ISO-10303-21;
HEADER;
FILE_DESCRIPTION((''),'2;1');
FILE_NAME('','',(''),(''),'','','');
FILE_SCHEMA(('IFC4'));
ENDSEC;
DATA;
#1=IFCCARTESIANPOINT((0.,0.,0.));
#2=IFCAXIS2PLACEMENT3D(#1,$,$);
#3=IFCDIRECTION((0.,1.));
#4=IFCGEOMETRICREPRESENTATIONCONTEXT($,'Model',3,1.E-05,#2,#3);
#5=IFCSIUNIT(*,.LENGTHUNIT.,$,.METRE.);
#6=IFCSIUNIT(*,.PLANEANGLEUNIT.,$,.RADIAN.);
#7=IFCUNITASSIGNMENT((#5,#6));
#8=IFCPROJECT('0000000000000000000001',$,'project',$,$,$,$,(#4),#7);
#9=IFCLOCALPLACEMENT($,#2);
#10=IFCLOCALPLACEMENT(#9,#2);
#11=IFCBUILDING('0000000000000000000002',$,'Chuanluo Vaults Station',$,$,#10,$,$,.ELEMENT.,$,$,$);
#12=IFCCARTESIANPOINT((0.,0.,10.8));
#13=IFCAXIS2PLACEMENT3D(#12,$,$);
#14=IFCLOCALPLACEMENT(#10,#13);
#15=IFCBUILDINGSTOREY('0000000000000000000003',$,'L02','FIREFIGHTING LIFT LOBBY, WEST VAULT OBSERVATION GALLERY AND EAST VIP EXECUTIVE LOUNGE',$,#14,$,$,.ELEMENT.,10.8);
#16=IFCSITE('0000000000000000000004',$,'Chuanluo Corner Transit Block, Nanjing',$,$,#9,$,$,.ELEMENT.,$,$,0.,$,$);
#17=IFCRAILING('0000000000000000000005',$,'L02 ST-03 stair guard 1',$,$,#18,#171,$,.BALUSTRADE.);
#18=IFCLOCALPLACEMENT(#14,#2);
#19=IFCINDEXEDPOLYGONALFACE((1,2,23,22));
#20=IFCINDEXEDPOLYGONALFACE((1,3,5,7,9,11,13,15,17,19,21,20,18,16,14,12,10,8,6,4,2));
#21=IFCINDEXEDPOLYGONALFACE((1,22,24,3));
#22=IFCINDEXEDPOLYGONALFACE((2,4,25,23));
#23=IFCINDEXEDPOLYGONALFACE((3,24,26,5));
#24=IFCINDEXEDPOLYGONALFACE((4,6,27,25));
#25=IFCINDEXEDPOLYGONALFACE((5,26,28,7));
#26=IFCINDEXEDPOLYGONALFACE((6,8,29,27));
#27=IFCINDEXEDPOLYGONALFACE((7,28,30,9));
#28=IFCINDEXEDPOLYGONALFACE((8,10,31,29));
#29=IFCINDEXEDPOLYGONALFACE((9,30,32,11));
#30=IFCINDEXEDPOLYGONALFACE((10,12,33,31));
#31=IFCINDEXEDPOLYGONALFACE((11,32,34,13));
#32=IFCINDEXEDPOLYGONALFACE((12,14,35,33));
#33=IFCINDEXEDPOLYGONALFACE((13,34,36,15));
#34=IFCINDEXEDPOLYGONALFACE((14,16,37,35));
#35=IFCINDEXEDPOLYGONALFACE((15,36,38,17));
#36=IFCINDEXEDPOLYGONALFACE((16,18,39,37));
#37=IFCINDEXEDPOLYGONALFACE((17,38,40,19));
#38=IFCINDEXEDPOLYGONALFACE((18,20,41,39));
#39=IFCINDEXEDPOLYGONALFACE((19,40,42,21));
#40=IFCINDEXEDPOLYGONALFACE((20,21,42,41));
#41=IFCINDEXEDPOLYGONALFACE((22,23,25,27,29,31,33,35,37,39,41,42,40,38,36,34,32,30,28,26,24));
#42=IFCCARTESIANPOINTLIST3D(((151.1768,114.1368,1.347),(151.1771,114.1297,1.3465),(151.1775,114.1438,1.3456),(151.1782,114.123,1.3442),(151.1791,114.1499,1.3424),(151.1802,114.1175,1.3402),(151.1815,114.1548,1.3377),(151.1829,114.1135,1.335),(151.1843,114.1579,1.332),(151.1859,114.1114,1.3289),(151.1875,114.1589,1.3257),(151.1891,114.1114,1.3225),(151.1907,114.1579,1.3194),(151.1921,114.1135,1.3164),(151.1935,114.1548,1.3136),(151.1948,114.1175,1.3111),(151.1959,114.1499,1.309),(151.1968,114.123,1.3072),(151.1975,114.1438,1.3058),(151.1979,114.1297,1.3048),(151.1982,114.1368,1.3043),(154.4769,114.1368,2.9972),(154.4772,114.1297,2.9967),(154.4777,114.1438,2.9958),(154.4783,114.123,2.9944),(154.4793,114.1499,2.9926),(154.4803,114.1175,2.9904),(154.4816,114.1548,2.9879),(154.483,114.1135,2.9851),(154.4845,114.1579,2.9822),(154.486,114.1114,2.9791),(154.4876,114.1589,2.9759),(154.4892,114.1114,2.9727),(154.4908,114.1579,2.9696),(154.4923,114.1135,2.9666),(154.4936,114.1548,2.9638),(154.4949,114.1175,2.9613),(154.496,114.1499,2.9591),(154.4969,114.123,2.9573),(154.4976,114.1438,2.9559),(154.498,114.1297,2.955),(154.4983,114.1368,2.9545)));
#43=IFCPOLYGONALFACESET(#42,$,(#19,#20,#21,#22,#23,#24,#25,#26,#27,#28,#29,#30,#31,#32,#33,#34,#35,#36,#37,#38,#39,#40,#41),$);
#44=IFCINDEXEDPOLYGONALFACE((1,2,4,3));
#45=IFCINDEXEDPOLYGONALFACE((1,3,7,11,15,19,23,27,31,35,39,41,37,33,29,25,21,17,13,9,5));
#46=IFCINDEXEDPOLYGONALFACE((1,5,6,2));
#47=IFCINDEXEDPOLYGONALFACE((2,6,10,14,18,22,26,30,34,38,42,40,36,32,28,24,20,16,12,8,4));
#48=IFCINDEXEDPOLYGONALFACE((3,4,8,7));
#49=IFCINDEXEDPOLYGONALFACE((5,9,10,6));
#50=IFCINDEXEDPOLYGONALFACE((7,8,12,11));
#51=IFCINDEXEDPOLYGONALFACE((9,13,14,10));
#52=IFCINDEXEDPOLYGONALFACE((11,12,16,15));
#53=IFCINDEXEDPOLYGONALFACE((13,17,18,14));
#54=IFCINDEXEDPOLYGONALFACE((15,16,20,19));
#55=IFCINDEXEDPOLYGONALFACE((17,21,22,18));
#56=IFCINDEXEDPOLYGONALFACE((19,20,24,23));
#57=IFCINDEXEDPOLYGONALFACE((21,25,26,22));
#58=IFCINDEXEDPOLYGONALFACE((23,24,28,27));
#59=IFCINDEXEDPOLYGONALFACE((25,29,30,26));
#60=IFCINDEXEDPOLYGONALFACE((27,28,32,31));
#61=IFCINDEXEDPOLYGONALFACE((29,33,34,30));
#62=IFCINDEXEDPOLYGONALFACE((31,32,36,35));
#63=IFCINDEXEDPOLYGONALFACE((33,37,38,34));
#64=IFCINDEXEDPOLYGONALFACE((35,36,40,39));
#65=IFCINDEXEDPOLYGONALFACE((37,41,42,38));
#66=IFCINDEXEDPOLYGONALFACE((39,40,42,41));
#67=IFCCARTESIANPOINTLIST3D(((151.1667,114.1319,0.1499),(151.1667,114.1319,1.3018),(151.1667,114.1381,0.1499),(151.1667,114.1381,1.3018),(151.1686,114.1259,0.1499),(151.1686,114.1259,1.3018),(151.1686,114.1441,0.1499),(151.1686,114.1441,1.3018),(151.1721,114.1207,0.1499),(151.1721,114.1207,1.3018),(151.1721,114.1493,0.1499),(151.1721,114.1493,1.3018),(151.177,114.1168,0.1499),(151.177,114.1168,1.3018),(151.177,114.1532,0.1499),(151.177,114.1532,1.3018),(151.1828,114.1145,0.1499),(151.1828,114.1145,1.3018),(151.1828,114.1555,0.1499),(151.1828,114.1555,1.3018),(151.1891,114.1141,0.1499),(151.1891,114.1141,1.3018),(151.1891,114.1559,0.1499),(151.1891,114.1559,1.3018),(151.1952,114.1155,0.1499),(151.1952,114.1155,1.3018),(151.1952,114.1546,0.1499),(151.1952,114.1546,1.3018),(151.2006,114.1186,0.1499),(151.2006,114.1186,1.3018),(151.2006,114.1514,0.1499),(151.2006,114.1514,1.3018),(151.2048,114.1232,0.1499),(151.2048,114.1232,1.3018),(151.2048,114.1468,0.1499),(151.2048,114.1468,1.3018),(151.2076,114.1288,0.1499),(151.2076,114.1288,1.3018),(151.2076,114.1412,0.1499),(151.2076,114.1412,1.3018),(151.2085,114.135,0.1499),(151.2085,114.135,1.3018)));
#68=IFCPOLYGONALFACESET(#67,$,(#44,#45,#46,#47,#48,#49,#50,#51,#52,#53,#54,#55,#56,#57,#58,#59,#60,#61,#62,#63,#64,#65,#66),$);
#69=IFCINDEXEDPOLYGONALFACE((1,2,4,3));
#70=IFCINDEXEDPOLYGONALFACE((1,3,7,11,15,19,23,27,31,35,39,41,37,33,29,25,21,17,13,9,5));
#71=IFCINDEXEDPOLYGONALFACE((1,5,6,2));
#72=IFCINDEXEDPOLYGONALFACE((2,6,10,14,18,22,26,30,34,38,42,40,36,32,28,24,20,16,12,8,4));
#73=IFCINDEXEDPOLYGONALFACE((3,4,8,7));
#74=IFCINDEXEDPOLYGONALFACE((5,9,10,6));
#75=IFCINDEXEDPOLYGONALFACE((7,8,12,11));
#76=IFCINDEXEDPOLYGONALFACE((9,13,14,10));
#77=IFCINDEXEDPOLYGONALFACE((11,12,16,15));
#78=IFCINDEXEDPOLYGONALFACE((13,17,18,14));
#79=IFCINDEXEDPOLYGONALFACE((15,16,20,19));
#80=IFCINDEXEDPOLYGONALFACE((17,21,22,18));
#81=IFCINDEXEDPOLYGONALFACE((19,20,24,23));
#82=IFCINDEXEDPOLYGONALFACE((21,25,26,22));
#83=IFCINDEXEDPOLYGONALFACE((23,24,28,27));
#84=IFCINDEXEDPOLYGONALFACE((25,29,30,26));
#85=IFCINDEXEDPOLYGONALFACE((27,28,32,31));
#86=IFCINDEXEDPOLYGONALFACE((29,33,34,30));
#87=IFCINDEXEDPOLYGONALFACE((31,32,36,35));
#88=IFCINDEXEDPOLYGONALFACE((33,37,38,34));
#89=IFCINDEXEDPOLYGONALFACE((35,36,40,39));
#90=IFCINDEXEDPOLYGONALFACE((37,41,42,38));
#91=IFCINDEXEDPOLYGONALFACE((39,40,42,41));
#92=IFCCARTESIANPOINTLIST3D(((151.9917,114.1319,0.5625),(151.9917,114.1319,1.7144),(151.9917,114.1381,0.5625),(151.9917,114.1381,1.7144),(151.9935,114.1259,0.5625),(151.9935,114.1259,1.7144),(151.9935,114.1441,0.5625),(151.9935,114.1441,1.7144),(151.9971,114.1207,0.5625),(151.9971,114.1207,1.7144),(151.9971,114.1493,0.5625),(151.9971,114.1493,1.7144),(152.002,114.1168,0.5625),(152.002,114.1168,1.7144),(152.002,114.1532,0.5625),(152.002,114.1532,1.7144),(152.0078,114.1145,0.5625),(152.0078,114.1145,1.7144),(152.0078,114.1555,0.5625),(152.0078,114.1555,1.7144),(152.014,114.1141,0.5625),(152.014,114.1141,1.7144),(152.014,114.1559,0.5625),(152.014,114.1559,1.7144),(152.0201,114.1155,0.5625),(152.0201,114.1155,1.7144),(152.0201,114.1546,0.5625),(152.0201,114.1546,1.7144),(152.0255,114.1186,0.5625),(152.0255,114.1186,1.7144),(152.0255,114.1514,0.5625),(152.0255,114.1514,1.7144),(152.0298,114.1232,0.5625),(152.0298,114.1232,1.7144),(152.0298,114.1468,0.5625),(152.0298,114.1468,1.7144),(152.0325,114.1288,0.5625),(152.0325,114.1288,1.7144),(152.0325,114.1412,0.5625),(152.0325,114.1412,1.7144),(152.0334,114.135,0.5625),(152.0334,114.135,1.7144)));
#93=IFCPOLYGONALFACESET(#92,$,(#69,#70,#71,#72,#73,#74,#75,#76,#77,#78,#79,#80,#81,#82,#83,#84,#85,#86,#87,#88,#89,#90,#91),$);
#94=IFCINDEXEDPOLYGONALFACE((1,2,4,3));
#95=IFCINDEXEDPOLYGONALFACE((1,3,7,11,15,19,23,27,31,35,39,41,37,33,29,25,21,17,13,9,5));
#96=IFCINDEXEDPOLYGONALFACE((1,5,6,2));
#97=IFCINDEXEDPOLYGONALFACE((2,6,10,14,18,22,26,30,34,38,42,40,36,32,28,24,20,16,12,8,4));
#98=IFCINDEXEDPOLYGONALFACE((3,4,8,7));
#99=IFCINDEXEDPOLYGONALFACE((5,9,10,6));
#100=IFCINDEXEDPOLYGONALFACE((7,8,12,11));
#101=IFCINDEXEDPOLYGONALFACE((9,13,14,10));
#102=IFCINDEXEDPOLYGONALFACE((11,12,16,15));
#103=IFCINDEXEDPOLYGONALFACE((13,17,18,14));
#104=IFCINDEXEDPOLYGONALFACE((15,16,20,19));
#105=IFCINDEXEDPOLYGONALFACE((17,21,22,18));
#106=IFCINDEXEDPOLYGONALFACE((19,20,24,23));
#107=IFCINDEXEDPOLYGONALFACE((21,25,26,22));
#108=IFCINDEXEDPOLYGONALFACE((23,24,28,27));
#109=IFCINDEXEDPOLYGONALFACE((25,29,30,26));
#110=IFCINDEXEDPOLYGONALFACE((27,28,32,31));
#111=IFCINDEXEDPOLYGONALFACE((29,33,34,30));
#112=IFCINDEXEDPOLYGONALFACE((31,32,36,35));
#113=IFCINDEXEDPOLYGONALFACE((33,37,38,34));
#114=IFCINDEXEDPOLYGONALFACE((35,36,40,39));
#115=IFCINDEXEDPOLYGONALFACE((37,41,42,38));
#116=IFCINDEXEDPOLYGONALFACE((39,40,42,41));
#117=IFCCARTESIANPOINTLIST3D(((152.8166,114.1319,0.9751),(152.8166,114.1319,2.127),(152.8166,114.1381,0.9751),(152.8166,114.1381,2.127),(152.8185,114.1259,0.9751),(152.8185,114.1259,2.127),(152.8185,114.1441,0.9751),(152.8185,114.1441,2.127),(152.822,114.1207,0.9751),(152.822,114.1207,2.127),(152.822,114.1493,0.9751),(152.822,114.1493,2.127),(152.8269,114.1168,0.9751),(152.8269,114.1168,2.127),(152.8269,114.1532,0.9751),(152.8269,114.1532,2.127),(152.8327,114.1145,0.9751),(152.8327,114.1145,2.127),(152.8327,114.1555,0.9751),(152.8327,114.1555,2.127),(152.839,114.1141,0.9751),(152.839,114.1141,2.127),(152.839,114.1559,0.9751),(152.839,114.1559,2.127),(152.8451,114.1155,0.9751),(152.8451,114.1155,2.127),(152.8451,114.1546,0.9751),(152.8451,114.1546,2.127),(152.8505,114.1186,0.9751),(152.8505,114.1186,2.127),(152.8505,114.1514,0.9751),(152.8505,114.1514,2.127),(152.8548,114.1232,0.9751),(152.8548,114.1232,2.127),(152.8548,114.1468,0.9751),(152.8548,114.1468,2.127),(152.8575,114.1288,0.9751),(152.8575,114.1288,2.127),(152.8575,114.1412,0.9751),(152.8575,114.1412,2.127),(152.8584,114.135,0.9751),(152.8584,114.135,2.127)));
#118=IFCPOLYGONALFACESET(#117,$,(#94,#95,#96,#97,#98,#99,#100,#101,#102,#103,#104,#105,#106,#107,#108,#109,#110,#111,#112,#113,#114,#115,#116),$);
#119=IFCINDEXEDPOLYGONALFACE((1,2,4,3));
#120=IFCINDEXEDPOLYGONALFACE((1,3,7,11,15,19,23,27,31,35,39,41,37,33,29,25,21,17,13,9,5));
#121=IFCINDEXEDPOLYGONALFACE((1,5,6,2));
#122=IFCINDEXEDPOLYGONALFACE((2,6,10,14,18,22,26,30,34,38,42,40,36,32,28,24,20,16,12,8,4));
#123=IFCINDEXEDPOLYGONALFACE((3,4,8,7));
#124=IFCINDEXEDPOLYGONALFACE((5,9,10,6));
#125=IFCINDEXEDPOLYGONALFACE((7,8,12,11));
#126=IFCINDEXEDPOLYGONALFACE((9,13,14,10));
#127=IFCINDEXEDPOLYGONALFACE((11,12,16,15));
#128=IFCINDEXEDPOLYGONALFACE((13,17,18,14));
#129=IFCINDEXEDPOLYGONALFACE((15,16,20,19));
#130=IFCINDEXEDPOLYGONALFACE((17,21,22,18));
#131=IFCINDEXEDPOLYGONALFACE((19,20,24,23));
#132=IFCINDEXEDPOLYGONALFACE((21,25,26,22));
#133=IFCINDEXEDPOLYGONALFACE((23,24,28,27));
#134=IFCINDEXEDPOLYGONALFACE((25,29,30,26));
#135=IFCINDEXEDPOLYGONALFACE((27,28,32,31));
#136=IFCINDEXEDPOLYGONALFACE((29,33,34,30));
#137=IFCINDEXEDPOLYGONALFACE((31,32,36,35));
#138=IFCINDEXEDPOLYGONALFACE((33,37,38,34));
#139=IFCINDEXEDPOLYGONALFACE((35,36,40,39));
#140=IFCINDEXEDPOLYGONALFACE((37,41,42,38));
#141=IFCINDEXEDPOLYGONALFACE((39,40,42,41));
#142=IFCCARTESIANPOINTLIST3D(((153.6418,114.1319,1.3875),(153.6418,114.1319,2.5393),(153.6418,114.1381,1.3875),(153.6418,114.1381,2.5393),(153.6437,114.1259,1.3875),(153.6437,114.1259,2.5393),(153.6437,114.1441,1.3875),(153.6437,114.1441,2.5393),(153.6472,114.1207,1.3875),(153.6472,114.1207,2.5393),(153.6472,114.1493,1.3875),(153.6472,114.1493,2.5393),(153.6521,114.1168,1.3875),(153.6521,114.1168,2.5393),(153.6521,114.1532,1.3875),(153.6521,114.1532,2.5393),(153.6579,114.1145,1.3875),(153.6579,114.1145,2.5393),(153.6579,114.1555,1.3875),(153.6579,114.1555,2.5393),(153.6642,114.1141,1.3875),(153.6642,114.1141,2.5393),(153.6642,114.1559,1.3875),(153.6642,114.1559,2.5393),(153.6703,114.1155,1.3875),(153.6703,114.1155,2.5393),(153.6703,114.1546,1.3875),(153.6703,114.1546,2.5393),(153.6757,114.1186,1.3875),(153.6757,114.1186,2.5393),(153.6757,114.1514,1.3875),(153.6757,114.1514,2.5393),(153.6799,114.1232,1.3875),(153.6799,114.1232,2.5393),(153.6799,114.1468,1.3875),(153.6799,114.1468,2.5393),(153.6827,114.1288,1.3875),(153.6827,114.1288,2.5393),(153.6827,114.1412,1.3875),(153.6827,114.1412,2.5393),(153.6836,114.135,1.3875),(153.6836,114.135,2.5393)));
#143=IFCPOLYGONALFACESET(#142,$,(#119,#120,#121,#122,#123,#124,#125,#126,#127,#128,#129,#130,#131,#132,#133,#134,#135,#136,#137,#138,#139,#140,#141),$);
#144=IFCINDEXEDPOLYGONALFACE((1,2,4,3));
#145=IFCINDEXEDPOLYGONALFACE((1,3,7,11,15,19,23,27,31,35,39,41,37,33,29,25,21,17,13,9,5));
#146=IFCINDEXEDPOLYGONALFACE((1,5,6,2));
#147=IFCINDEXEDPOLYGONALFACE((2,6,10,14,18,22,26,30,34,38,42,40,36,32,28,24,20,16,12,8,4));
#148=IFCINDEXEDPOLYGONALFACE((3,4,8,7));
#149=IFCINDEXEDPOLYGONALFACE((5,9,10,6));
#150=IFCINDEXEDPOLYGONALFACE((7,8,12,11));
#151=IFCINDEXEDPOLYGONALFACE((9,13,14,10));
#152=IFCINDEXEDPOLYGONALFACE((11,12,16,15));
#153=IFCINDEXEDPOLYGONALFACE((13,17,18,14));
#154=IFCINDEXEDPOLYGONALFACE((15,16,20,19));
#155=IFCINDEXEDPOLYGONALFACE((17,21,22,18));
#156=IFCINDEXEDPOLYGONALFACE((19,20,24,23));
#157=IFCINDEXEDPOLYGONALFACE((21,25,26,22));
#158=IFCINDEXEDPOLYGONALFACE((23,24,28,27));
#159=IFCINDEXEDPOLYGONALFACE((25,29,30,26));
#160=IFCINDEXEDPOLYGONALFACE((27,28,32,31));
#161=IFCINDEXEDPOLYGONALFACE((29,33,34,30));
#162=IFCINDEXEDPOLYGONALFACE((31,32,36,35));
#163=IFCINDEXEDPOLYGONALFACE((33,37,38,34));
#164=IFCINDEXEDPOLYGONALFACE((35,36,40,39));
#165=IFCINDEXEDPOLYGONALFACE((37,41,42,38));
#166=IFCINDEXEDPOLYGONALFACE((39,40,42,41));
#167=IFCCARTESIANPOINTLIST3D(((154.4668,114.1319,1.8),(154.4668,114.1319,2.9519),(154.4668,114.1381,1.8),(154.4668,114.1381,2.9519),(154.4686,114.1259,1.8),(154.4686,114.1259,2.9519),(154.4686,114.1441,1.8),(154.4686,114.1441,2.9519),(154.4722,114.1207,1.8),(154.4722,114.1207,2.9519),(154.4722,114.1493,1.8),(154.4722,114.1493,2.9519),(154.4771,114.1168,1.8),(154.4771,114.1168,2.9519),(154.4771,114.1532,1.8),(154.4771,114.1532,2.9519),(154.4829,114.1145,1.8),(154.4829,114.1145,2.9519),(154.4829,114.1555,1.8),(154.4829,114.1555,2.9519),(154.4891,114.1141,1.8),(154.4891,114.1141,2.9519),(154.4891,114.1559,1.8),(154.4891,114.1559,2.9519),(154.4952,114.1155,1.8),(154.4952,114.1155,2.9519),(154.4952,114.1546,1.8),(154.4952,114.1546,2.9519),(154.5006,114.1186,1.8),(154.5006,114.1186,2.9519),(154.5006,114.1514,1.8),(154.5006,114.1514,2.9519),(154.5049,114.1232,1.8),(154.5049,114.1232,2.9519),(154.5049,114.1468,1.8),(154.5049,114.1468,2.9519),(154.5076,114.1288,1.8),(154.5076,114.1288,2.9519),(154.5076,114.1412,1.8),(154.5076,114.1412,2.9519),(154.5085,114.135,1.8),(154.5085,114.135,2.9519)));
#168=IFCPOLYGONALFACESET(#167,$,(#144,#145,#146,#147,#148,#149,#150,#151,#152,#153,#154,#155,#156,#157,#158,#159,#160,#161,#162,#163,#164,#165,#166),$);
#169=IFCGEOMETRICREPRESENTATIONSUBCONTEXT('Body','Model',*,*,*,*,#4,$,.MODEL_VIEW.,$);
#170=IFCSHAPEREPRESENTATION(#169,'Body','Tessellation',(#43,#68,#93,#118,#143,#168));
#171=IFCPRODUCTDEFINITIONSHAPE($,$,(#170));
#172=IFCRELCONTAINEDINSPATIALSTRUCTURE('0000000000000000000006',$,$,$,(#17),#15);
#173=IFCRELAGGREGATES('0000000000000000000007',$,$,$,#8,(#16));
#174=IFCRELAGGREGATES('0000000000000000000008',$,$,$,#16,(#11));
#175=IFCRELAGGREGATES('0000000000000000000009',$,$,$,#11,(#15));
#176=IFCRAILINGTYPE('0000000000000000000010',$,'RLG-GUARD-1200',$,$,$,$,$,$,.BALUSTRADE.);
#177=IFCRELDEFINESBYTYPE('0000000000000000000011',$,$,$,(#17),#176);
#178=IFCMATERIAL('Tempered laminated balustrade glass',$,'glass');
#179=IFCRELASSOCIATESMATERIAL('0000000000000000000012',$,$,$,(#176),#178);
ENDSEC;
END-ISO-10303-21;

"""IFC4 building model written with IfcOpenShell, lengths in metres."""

from ifc_helpers import new_model, si_unit, direction, frame, origin, origin_2d, place, context, subcontext, project, spatial, circle, extrude, material, type_object, element, save


model = new_model("IFC4")

# Units and contexts
model_context = context("Model", 3, precision=1e-05, world=origin(), true_north=direction((0.0, 1.0)))
body_context = subcontext(model_context, "Body", "Model", "MODEL_VIEW")
ifc_project = project(units=[si_unit("LENGTHUNIT", "METRE"), si_unit("PLANEANGLEUNIT", "RADIAN")], contexts=[model_context])

# Site, building, storey
site_placement = place(None, origin())
site = spatial("IfcSite", under=ifc_project, at=site_placement, Name="Chuanluo Corner Transit Block, Nanjing", CompositionType="ELEMENT", RefElevation=0.0)
building_placement = place(site_placement, origin())
building = spatial("IfcBuilding", under=site, at=building_placement, Name="Chuanluo Vaults Station", CompositionType="ELEMENT")
storey_placement = place(building_placement, frame((0.0, 0.0, 10.8)))
storey = spatial("IfcBuildingStorey", under=building, at=storey_placement, Name="L02", Description="FIREFIGHTING LIFT LOBBY, WEST VAULT OBSERVATION GALLERY AND EAST VIP EXECUTIVE LOUNGE", CompositionType="ELEMENT", Elevation=10.8)

# Railing
ifc_material_1 = material(Name="Tempered laminated balustrade glass", Category="glass")
railing_type_1 = type_object("IfcRailingType", Name="RLG-GUARD-1200", PredefinedType="BALUSTRADE", material=ifc_material_1)
railing_1_placement = place(storey_placement, frame((151.1875, 114.135, 0.1499)))
element("IfcRailing", 1, at=railing_1_placement, inside=storey, type_object=railing_type_1, Name="L02 ST-03 stair guard 1", PredefinedType="BALUSTRADE", context=body_context, shape_type="SweptSolid", body=[
    extrude(circle(Radius=0.0239, at=origin_2d()), frame((0.0, 0.0, 1.1758), z_axis=(0.894414, 0.0, 0.44724), x_axis=(0.0, 1.0, 0.0)), (0.0, 0.0, 1.0), 3.6897),
    extrude(circle(Radius=0.021, at=origin_2d()), origin(), (0.0, 0.0, 1.0), 1.1519),
    extrude(circle(Radius=0.021, at=origin_2d()), frame((0.825, 0.0, 0.4126)), (0.0, 0.0, 1.0), 1.1519),
    extrude(circle(Radius=0.021, at=origin_2d()), frame((1.6499, 0.0, 0.8252)), (0.0, 0.0, 1.0), 1.1519),
    extrude(circle(Radius=0.021, at=origin_2d()), frame((2.4751, 0.0, 1.2375)), (0.0, 0.0, 1.0), 1.1519),
    extrude(circle(Radius=0.021, at=origin_2d()), frame((3.3, 0.0, 1.6501)), (0.0, 0.0, 1.0), 1.1519),
])

save(model, "model.ifc")
